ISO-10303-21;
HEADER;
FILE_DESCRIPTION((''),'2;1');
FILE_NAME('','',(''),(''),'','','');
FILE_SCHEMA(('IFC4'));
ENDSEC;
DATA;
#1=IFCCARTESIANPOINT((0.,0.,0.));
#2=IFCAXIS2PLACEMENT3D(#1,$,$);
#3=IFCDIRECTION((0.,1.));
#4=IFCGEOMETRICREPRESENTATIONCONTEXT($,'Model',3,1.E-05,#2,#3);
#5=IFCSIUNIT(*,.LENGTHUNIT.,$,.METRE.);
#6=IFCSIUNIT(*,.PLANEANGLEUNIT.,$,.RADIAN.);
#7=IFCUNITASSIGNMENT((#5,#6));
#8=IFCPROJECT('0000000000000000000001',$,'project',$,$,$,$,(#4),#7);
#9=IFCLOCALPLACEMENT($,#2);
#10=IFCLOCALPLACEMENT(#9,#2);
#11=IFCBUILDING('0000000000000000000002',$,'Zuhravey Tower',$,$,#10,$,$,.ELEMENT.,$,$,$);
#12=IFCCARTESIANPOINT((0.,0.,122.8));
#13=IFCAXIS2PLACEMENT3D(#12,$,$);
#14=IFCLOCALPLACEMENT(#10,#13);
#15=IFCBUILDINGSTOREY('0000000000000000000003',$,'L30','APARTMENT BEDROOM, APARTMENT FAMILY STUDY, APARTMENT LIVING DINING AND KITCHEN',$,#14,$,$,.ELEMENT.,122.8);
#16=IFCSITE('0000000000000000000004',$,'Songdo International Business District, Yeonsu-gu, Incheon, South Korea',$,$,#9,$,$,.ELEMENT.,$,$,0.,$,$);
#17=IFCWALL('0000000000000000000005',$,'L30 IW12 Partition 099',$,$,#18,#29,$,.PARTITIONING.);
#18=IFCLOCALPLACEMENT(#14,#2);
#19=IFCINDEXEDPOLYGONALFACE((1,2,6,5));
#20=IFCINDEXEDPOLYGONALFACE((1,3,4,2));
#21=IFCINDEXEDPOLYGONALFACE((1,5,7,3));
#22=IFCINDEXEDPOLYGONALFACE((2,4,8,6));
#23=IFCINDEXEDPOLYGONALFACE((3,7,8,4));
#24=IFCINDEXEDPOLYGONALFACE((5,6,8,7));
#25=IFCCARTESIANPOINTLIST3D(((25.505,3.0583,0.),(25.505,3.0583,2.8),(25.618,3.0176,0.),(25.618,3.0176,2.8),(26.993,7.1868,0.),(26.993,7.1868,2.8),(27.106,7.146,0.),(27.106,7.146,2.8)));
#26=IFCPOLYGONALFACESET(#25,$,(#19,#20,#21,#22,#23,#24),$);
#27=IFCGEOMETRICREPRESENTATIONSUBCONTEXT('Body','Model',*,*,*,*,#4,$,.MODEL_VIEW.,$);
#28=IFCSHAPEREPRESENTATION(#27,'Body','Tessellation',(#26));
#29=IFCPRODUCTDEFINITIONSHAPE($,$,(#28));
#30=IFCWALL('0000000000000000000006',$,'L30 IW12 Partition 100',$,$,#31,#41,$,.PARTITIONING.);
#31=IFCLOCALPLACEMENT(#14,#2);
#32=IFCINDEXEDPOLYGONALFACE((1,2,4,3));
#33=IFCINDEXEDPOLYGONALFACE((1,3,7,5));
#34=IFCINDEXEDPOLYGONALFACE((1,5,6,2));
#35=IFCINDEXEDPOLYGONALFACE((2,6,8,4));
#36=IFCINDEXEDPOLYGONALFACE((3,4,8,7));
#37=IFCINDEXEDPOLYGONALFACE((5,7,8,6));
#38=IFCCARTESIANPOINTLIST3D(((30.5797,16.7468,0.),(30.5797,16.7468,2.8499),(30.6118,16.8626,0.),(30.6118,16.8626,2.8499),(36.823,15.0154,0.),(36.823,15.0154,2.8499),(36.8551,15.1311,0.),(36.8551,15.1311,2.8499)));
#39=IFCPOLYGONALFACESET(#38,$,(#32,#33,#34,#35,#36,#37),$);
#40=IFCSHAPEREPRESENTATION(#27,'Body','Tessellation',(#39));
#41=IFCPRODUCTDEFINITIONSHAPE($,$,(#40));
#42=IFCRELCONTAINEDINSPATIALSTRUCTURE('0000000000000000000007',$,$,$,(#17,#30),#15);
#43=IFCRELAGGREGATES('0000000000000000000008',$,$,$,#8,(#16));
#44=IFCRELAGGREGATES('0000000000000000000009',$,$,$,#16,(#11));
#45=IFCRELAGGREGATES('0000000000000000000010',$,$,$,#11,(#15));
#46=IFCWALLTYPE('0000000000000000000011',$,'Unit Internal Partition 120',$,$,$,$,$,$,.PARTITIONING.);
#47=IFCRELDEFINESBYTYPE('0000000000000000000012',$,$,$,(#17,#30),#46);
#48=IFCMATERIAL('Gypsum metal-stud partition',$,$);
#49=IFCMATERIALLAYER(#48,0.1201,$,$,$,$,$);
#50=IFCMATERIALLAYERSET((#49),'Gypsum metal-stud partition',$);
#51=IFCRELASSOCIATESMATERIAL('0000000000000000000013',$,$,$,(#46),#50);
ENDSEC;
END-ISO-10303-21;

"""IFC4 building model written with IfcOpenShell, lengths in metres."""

from ifc_helpers import new_model, si_unit, direction, frame, frame_2d, origin, place, context, subcontext, project, spatial, rectangle, extrude, material, layer, layer_set, type_object, element, save


model = new_model("IFC4")

# Units and contexts
model_context = context("Model", 3, precision=1e-05, world=origin(), true_north=direction((0.0, 1.0)))
body_context = subcontext(model_context, "Body", "Model", "MODEL_VIEW")
ifc_project = project(units=[si_unit("LENGTHUNIT", "METRE"), si_unit("PLANEANGLEUNIT", "RADIAN")], contexts=[model_context])

# Site, building, storey
site_placement = place(None, origin())
site = spatial("IfcSite", under=ifc_project, at=site_placement, Name="Songdo International Business District, Yeonsu-gu, Incheon, South Korea", CompositionType="ELEMENT", RefElevation=0.0)
building_placement = place(site_placement, origin())
building = spatial("IfcBuilding", under=site, at=building_placement, Name="Zuhravey Tower", CompositionType="ELEMENT")
storey_placement = place(building_placement, frame((0.0, 0.0, 122.8)))
storey = spatial("IfcBuildingStorey", under=building, at=storey_placement, Name="L30", Description="APARTMENT BEDROOM, APARTMENT FAMILY STUDY, APARTMENT LIVING DINING AND KITCHEN", CompositionType="ELEMENT", Elevation=122.8)

# Shared definitions
ifc_material_1 = material(Name="Gypsum metal-stud partition")
ifc_layer_1 = layer(ifc_material_1, 0.1201)
ifc_layer_set_1 = layer_set([ifc_layer_1], Name="Gypsum metal-stud partition")
wall_type_1 = type_object("IfcWallType", Name="Unit Internal Partition 120", PredefinedType="PARTITIONING", material=ifc_layer_set_1)

# Walls
wall_1_placement = place(storey_placement, frame((27.0496, 7.1665, 0.0), z_axis=(0.0, 0.0, 1.0), x_axis=(-0.339084, -0.940756, 0.0)))
element("IfcWall", 1, at=wall_1_placement, inside=storey, type_object=wall_type_1, Name="L30 IW12 Partition 099", PredefinedType="PARTITIONING", context=body_context, shape_type="SweptSolid", body=[
    extrude(rectangle(XDim=4.3884, YDim=0.1201, at=frame_2d((2.1943, 0.0))), origin(), (0.0, 0.0, 1.0), 2.8),
])
wall_2_placement = place(storey_placement, frame((30.5957, 16.8047, 0.0), z_axis=(0.0, 0.0, 1.0), x_axis=(0.963631, -0.267238, 0.0)))
element("IfcWall", 2, at=wall_2_placement, inside=storey, type_object=wall_type_1, Name="L30 IW12 Partition 100", PredefinedType="PARTITIONING", context=body_context, shape_type="SweptSolid", body=[
    extrude(rectangle(XDim=6.479, YDim=0.1201, at=frame_2d((3.2395, 0.0))), origin(), (0.0, 0.0, 1.0), 2.8499),
])

save(model, "model.ifc")
